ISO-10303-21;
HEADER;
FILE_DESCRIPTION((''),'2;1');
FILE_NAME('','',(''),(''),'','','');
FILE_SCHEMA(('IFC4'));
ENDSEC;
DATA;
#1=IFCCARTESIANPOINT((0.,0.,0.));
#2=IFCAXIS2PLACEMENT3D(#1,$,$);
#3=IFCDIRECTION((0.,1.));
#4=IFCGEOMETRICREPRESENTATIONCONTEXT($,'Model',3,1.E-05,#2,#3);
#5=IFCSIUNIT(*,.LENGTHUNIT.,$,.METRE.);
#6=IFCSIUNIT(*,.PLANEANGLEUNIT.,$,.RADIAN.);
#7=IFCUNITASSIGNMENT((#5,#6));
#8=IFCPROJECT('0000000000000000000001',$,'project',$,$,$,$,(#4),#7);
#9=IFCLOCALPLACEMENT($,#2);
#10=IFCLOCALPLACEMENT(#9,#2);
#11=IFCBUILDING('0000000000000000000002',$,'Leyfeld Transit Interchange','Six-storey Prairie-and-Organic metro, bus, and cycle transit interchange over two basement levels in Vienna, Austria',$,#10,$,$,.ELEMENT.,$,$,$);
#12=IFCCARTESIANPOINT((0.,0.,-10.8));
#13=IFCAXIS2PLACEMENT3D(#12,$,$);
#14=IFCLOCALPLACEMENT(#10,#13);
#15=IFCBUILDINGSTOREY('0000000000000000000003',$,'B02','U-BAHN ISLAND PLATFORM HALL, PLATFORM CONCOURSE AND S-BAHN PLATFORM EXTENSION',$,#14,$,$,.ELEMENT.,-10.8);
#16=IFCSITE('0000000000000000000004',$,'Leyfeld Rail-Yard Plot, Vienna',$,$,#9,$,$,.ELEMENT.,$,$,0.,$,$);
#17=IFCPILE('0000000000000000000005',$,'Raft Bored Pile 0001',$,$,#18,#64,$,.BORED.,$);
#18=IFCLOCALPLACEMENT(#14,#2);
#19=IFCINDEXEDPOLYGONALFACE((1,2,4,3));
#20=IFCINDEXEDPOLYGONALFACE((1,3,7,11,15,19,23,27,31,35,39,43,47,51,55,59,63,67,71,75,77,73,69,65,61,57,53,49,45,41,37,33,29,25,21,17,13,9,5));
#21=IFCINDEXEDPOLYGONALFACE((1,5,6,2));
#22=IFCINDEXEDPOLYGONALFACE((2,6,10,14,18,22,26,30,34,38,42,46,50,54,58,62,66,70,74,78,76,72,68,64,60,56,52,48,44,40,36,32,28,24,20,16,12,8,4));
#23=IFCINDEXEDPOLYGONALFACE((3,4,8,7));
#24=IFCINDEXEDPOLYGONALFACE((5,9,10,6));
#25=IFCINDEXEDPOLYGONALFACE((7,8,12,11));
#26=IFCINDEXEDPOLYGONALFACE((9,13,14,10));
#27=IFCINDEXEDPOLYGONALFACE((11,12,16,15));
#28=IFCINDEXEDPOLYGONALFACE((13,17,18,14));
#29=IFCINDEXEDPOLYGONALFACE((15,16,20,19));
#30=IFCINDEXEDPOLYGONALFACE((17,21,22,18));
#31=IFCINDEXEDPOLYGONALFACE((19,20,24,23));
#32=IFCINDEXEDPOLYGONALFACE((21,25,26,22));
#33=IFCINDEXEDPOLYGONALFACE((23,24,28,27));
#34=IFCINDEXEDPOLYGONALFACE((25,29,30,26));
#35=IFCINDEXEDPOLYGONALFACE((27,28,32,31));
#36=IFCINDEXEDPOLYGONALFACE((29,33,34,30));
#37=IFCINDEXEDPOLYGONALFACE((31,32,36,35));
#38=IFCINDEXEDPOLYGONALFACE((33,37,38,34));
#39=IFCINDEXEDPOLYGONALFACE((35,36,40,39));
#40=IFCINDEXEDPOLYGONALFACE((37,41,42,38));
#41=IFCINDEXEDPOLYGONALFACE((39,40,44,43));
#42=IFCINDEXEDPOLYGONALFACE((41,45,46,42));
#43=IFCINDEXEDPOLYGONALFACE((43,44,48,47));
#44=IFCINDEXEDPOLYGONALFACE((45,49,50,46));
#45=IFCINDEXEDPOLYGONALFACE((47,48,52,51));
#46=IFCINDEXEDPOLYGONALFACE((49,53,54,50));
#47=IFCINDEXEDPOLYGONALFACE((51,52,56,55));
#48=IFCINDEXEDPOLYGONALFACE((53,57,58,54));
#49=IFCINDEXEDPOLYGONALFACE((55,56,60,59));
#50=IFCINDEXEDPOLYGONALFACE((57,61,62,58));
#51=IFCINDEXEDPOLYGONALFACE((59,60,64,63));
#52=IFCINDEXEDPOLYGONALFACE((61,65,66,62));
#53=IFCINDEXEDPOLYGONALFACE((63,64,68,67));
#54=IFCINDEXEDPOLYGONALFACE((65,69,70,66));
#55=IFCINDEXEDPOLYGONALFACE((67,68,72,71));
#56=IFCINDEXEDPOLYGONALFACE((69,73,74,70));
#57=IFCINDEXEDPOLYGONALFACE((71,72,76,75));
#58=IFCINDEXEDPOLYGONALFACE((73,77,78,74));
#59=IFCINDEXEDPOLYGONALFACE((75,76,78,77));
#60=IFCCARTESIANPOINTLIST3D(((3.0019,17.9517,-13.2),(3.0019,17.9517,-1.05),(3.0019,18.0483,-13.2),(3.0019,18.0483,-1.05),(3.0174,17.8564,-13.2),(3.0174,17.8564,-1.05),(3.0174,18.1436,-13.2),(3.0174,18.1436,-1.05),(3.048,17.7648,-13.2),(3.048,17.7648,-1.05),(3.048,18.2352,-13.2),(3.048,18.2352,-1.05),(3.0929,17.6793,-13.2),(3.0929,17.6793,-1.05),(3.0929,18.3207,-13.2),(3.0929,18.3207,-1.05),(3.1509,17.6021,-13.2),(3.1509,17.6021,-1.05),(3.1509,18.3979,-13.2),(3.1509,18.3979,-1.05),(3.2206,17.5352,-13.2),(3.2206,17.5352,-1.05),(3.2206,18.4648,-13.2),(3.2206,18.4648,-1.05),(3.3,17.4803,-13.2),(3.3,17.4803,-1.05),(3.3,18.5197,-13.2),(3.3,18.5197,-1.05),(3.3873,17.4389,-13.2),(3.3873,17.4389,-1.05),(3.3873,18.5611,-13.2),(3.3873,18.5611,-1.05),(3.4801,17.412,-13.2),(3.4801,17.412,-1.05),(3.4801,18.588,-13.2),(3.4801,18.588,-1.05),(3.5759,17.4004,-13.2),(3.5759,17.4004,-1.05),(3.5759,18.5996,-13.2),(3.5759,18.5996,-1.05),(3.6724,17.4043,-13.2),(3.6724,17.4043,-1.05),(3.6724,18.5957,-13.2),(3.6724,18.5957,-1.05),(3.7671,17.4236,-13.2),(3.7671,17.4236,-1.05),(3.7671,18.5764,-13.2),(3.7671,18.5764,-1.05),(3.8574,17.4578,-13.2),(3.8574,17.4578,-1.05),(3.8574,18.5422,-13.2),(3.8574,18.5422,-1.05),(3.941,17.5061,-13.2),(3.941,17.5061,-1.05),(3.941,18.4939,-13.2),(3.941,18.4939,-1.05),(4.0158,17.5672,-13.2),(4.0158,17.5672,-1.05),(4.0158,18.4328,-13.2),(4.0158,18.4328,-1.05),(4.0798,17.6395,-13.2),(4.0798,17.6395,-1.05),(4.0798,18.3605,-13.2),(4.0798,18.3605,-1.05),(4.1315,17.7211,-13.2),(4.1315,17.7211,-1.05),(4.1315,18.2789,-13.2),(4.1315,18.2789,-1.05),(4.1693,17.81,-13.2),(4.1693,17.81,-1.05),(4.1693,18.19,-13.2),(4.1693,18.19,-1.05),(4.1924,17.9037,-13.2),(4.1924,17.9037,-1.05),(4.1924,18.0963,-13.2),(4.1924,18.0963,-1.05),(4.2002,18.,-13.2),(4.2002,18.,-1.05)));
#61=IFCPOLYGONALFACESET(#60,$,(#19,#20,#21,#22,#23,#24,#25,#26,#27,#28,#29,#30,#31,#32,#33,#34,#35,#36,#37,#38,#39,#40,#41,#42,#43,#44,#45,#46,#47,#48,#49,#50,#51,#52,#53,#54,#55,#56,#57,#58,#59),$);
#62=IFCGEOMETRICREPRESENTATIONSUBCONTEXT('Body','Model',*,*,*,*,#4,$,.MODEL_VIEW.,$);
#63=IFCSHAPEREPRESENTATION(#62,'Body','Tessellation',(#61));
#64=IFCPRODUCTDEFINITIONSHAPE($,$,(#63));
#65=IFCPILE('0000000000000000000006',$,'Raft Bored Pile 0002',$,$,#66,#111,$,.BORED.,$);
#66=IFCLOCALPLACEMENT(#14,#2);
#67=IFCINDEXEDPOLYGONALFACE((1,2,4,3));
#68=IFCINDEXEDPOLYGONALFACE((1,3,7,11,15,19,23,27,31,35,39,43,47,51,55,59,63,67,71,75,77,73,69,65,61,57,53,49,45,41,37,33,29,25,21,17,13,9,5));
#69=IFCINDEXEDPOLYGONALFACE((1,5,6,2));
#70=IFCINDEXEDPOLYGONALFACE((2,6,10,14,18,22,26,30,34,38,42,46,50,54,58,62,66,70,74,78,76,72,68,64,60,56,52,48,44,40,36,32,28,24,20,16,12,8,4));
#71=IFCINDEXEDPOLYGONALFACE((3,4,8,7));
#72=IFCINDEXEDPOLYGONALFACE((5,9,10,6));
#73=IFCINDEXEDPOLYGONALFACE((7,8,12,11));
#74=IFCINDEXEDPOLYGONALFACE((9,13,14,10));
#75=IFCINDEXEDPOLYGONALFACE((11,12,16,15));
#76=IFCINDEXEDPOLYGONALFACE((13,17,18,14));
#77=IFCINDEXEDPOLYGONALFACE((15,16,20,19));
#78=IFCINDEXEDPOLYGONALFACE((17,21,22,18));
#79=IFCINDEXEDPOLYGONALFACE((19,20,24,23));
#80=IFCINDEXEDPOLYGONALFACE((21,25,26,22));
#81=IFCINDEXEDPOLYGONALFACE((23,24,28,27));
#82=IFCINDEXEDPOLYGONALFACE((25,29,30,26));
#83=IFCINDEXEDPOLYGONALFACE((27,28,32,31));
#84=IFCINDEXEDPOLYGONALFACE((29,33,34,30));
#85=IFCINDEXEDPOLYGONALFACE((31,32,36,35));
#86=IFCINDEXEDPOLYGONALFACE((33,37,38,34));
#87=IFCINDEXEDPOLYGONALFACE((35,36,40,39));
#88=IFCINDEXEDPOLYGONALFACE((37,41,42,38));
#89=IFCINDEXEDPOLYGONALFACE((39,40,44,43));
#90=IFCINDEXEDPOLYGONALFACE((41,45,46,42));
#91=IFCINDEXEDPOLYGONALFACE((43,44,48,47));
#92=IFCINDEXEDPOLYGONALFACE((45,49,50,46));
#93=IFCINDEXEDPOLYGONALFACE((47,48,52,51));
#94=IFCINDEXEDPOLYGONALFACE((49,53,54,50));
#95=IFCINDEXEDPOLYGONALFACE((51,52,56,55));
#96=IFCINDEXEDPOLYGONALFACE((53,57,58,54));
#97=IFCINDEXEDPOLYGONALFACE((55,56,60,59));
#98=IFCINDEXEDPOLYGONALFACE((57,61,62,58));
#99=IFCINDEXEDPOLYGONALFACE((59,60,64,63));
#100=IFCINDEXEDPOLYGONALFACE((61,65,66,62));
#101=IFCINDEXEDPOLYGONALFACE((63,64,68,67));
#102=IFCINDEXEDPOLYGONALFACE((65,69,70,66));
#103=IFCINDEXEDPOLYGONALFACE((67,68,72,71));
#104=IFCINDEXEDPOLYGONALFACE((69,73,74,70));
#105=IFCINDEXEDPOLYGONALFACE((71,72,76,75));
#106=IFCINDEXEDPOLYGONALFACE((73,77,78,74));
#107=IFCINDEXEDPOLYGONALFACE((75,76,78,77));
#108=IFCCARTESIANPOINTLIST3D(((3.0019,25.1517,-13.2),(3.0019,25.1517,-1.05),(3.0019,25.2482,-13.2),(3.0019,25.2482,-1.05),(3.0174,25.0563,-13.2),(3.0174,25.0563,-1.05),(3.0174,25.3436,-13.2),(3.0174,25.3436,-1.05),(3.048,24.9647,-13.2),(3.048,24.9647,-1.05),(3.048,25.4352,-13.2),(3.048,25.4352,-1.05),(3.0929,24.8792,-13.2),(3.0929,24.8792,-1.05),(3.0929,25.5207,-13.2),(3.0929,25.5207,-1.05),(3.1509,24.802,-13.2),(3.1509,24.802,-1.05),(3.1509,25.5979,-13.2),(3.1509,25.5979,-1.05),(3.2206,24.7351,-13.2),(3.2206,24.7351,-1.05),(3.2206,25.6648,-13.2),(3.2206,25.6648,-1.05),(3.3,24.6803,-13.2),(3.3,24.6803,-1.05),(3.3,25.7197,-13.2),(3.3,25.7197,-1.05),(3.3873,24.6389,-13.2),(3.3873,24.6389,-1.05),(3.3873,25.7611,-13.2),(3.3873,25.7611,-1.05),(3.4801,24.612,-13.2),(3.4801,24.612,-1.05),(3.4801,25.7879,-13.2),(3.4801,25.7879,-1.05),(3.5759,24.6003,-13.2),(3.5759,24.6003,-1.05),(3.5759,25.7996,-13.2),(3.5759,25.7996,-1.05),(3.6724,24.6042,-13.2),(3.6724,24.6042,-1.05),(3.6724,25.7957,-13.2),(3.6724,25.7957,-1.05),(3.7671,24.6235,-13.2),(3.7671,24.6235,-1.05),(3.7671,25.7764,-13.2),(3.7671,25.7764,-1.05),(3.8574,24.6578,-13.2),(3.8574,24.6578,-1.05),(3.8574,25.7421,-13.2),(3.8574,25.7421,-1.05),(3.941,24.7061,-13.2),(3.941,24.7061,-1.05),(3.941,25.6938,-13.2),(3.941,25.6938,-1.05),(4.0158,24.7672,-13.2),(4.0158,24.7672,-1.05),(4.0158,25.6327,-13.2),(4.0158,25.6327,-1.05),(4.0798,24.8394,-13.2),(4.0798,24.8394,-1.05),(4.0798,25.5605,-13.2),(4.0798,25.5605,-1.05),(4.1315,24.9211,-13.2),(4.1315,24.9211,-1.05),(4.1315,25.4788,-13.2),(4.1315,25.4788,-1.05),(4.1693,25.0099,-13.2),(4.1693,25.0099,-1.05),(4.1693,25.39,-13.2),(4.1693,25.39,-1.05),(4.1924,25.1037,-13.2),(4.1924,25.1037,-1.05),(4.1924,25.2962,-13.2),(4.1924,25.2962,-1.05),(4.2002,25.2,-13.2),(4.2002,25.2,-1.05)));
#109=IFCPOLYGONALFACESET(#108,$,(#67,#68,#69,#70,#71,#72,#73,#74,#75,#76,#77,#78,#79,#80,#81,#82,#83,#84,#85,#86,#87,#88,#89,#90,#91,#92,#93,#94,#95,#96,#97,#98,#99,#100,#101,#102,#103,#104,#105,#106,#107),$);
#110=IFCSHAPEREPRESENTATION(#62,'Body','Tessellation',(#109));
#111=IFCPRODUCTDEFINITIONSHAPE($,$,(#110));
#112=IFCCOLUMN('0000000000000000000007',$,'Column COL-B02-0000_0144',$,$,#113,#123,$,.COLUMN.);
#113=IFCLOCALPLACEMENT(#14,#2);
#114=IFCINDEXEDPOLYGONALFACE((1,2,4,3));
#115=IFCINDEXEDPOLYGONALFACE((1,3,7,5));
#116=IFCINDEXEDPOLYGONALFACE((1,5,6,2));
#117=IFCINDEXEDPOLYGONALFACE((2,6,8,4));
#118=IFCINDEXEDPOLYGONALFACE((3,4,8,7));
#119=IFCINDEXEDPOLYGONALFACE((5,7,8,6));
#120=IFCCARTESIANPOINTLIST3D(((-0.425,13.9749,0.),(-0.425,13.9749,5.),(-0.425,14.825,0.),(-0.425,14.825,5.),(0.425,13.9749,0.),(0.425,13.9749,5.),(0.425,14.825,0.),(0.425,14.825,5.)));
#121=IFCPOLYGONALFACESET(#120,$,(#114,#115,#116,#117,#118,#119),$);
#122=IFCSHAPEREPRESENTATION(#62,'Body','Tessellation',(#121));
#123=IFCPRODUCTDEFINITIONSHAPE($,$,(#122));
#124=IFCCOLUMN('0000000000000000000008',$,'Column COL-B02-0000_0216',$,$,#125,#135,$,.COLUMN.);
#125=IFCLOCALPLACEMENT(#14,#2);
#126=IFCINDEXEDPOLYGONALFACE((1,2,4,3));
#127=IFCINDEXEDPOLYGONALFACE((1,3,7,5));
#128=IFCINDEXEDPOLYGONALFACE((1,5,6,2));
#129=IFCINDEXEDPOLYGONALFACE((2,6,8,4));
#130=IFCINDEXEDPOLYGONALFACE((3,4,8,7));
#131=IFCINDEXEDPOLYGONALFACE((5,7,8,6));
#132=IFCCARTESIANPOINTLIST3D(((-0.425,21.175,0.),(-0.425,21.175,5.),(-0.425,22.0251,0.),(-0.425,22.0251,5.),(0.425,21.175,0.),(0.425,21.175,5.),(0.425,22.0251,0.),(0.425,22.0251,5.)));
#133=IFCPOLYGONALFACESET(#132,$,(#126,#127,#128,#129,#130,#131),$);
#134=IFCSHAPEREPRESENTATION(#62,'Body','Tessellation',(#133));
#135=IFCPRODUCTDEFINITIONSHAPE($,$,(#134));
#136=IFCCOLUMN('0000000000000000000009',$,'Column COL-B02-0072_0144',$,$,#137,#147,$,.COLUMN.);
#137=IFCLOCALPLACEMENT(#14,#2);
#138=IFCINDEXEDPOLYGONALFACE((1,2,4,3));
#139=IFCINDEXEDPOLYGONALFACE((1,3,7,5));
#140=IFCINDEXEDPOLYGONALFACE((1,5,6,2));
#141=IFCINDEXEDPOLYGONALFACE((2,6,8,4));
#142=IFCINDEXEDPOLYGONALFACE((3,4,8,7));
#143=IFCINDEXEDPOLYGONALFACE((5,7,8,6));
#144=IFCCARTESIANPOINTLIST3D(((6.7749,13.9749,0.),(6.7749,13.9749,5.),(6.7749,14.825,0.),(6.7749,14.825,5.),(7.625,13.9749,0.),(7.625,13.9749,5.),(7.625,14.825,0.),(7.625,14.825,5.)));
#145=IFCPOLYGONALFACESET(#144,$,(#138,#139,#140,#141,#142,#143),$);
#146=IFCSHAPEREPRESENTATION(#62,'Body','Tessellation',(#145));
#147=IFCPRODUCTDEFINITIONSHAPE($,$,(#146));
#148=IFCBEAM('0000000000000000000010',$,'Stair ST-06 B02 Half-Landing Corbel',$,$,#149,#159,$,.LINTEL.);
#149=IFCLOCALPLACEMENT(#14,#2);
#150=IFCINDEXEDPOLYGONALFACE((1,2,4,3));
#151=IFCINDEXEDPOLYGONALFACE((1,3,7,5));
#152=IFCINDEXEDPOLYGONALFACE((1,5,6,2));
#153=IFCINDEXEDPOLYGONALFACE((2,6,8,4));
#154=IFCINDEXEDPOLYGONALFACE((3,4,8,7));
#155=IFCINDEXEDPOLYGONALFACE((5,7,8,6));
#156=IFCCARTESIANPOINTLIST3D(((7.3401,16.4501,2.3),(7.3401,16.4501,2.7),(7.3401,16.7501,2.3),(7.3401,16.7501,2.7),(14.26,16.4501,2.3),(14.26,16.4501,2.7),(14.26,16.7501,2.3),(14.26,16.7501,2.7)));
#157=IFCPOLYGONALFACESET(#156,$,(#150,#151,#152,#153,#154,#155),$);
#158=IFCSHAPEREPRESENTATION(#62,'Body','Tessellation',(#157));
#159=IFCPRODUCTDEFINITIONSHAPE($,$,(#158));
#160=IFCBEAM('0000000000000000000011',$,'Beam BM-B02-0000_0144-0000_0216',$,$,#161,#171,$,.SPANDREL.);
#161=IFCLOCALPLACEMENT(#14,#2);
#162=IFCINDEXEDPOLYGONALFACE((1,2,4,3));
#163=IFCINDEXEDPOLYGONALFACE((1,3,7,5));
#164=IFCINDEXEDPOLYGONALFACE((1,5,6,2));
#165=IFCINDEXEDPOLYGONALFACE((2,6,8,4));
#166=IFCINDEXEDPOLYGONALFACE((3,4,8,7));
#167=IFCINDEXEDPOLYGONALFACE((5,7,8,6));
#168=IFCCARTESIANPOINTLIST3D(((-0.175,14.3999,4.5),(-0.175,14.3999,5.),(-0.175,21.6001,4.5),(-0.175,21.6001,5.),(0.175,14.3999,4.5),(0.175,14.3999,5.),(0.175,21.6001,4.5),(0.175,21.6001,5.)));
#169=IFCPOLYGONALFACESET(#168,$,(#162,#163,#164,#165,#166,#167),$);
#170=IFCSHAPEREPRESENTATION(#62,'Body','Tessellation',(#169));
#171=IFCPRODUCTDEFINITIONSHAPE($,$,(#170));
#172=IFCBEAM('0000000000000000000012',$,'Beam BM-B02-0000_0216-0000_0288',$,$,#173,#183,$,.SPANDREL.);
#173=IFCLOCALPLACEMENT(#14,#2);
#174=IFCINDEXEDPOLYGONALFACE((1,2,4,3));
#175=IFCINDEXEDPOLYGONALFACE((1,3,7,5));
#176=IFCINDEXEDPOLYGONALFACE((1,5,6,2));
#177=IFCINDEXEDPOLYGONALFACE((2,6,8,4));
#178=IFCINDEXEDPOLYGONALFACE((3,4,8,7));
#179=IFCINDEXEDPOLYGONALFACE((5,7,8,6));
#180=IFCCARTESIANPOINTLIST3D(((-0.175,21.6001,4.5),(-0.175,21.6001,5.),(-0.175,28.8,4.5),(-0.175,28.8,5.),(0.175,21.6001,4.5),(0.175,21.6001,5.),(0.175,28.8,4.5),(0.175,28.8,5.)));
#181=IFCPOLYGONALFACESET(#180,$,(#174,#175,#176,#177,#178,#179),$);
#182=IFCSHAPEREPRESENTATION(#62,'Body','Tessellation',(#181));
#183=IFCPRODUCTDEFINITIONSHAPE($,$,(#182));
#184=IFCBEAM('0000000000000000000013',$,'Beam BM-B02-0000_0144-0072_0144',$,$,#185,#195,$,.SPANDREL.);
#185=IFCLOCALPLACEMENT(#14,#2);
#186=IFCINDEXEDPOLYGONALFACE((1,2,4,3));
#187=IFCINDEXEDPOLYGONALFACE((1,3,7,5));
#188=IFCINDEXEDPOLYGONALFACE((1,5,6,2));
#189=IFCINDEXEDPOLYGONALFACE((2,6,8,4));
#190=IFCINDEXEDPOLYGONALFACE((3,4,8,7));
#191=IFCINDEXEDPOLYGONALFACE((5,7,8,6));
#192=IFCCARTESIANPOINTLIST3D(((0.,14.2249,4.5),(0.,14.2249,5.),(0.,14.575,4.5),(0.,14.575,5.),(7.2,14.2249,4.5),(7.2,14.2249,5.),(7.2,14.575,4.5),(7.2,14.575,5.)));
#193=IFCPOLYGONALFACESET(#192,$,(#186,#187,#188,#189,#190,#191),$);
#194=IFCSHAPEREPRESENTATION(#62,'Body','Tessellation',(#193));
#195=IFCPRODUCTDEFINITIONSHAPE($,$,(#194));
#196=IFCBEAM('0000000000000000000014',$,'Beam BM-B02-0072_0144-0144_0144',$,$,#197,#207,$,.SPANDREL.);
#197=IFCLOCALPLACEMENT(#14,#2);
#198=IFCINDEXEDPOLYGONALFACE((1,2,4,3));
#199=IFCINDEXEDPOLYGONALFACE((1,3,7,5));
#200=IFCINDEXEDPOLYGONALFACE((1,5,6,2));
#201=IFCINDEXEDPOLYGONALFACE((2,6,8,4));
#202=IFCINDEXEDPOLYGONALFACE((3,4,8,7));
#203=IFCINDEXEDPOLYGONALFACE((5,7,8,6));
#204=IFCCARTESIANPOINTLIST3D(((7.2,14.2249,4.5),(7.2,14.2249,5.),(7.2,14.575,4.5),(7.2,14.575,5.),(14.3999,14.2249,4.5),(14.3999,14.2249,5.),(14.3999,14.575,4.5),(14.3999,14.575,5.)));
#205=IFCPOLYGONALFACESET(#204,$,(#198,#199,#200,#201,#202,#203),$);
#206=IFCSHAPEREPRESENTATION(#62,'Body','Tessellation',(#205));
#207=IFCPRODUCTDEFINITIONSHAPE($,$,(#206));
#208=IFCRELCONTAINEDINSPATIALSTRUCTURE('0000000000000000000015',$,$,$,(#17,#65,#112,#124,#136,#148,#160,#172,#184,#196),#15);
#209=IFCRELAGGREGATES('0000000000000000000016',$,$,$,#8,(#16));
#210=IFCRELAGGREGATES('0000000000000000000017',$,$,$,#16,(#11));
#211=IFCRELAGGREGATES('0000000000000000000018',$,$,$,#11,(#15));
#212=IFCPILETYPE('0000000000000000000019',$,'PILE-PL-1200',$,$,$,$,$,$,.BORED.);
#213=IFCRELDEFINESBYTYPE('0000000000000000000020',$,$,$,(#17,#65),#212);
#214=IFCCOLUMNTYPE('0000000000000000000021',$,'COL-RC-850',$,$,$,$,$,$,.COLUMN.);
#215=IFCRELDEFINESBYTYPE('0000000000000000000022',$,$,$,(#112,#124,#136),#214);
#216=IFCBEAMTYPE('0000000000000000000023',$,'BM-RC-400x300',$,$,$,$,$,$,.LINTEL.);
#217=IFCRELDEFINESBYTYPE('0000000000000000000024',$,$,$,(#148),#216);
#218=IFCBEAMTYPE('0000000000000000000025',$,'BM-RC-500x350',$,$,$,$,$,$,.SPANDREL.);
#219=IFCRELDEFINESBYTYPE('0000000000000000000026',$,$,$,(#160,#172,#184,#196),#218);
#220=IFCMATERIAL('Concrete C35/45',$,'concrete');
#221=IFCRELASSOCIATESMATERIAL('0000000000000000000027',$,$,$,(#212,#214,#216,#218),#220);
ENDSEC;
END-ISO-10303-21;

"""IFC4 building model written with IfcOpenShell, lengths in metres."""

from ifc_helpers import new_model, si_unit, direction, frame, origin, origin_2d, place, context, subcontext, project, spatial, rectangle, circle, extrude, material, material_profile, profile_set, type_object, element, save


model = new_model("IFC4")

# Units and contexts
model_context = context("Model", 3, precision=1e-05, world=origin(), true_north=direction((0.0, 1.0)))
body_context = subcontext(model_context, "Body", "Model", "MODEL_VIEW")
ifc_project = project(units=[si_unit("LENGTHUNIT", "METRE"), si_unit("PLANEANGLEUNIT", "RADIAN")], contexts=[model_context])

# Site, building, storey
site_placement = place(None, origin())
site = spatial("IfcSite", under=ifc_project, at=site_placement, Name="Leyfeld Rail-Yard Plot, Vienna", CompositionType="ELEMENT", RefElevation=0.0)
building_placement = place(site_placement, origin())
building = spatial("IfcBuilding", under=site, at=building_placement, Name="Leyfeld Transit Interchange", Description="Six-storey Prairie-and-Organic metro, bus, and cycle transit interchange over two basement levels in Vienna, Austria", CompositionType="ELEMENT")
storey_placement = place(building_placement, frame((0.0, 0.0, -10.8)))
storey = spatial("IfcBuildingStorey", under=building, at=storey_placement, Name="B02", Description="U-BAHN ISLAND PLATFORM HALL, PLATFORM CONCOURSE AND S-BAHN PLATFORM EXTENSION", CompositionType="ELEMENT", Elevation=-10.8)

# Piles
ifc_material_1 = material(Name="Concrete C35/45", Category="concrete")
ifc_material_profile_1 = material_profile(ifc_material_1, circle(Radius=0.6001, at=origin_2d()), Name="PILE D1200")
ifc_profile_set_1 = profile_set([ifc_material_profile_1], Name="Concrete C35/45")
pile_type = type_object("IfcPileType", Name="PILE-PL-1200", PredefinedType="BORED", material=ifc_profile_set_1)
for number, where, z_axis, x_axis, name in (
    (1, (3.6001, 18.0, -1.05), (0.0, 0.0, -1.0), (1.0, 0.0, 0.0), "Raft Bored Pile 0001"),
    (2, (3.6001, 25.2, -1.05), (0.0, 0.0, -1.0), (1.0, 0.0, 0.0), "Raft Bored Pile 0002"),
):
    element("IfcPile", number, at=place(storey_placement, frame(where, z_axis=z_axis, x_axis=x_axis)), inside=storey, type_object=pile_type, Name=name, PredefinedType="BORED", context=body_context, shape_type="SweptSolid", body=[
        extrude(circle(Radius=0.6001, at=origin_2d()), origin(), (0.0, 0.0, 1.0), 12.1499),
    ])

# Columns
ifc_material_profile_2 = material_profile(ifc_material_1, rectangle(XDim=0.8501, YDim=0.8501, at=origin_2d()), Name="RC 850x850")
ifc_profile_set_2 = profile_set([ifc_material_profile_2], Name="Concrete C35/45")
column_type = type_object("IfcColumnType", Name="COL-RC-850", PredefinedType="COLUMN", material=ifc_profile_set_2)
for number, where, z_axis, x_axis, name in (
    (3, (0.0, 14.3999, 0.0), (0.0, 0.0, 1.0), (1.0, 0.0, 0.0), "Column COL-B02-0000_0144"),
    (4, (0.0, 21.6001, 0.0), (0.0, 0.0, 1.0), (1.0, 0.0, 0.0), "Column COL-B02-0000_0216"),
    (5, (7.2, 14.3999, 0.0), (0.0, 0.0, 1.0), (1.0, 0.0, 0.0), "Column COL-B02-0072_0144"),
):
    element("IfcColumn", number, at=place(storey_placement, frame(where, z_axis=z_axis, x_axis=x_axis)), inside=storey, type_object=column_type, Name=name, PredefinedType="COLUMN", context=body_context, shape_type="SweptSolid", body=[
        extrude(rectangle(XDim=0.8501, YDim=0.8501, at=origin_2d()), origin(), (0.0, 0.0, 1.0), 5.0),
    ])

# Beams
ifc_material_profile_3 = material_profile(ifc_material_1, rectangle(XDim=0.3, YDim=0.3999, at=origin_2d()), Name="RC 400x300")
ifc_profile_set_3 = profile_set([ifc_material_profile_3], Name="Concrete C35/45")
beam_type_1 = type_object("IfcBeamType", Name="BM-RC-400x300", PredefinedType="LINTEL", material=ifc_profile_set_3)
beam_1_placement = place(storey_placement, frame((7.3401, 16.6001, 2.5), z_axis=(1.0, 0.0, 0.0), x_axis=(0.0, 1.0, 0.0)))
element("IfcBeam", 6, at=beam_1_placement, inside=storey, type_object=beam_type_1, Name="Stair ST-06 B02 Half-Landing Corbel", PredefinedType="LINTEL", context=body_context, shape_type="SweptSolid", body=[
    extrude(rectangle(XDim=0.3, YDim=0.3999, at=origin_2d()), origin(), (0.0, 0.0, 1.0), 6.9199),
])
ifc_material_profile_4 = material_profile(ifc_material_1, rectangle(XDim=0.3501, YDim=0.5, at=origin_2d()), Name="RC 500x350")
ifc_profile_set_4 = profile_set([ifc_material_profile_4], Name="Concrete C35/45")
beam_type_2 = type_object("IfcBeamType", Name="BM-RC-500x350", PredefinedType="SPANDREL", material=ifc_profile_set_4)
beam_2_placement = place(storey_placement, frame((0.0, 14.3999, 4.75), z_axis=(0.0, 1.0, 0.0), x_axis=(-1.0, 0.0, 0.0)))
element("IfcBeam", 7, at=beam_2_placement, inside=storey, type_object=beam_type_2, Name="Beam BM-B02-0000_0144-0000_0216", PredefinedType="SPANDREL", context=body_context, shape_type="SweptSolid", body=[
    extrude(rectangle(XDim=0.3501, YDim=0.5, at=origin_2d()), origin(), (0.0, 0.0, 1.0), 7.2002),
])
for number, where, z_axis, x_axis, name in (
    (8, (0.0, 21.6001, 4.75), (0.0, 1.0, 0.0), (-1.0, 0.0, 0.0), "Beam BM-B02-0000_0216-0000_0288"),
    (9, (0.0, 14.3999, 4.75), (1.0, 0.0, 0.0), (0.0, 1.0, 0.0), "Beam BM-B02-0000_0144-0072_0144"),
    (10, (7.2, 14.3999, 4.75), (1.0, 0.0, 0.0), (0.0, 1.0, 0.0), "Beam BM-B02-0072_0144-0144_0144"),
):
    element("IfcBeam", number, at=place(storey_placement, frame(where, z_axis=z_axis, x_axis=x_axis)), inside=storey, type_object=beam_type_2, Name=name, PredefinedType="SPANDREL", context=body_context, shape_type="SweptSolid", body=[
        extrude(rectangle(XDim=0.3501, YDim=0.5, at=origin_2d()), origin(), (0.0, 0.0, 1.0), 7.2),
    ])

save(model, "model.ifc")
